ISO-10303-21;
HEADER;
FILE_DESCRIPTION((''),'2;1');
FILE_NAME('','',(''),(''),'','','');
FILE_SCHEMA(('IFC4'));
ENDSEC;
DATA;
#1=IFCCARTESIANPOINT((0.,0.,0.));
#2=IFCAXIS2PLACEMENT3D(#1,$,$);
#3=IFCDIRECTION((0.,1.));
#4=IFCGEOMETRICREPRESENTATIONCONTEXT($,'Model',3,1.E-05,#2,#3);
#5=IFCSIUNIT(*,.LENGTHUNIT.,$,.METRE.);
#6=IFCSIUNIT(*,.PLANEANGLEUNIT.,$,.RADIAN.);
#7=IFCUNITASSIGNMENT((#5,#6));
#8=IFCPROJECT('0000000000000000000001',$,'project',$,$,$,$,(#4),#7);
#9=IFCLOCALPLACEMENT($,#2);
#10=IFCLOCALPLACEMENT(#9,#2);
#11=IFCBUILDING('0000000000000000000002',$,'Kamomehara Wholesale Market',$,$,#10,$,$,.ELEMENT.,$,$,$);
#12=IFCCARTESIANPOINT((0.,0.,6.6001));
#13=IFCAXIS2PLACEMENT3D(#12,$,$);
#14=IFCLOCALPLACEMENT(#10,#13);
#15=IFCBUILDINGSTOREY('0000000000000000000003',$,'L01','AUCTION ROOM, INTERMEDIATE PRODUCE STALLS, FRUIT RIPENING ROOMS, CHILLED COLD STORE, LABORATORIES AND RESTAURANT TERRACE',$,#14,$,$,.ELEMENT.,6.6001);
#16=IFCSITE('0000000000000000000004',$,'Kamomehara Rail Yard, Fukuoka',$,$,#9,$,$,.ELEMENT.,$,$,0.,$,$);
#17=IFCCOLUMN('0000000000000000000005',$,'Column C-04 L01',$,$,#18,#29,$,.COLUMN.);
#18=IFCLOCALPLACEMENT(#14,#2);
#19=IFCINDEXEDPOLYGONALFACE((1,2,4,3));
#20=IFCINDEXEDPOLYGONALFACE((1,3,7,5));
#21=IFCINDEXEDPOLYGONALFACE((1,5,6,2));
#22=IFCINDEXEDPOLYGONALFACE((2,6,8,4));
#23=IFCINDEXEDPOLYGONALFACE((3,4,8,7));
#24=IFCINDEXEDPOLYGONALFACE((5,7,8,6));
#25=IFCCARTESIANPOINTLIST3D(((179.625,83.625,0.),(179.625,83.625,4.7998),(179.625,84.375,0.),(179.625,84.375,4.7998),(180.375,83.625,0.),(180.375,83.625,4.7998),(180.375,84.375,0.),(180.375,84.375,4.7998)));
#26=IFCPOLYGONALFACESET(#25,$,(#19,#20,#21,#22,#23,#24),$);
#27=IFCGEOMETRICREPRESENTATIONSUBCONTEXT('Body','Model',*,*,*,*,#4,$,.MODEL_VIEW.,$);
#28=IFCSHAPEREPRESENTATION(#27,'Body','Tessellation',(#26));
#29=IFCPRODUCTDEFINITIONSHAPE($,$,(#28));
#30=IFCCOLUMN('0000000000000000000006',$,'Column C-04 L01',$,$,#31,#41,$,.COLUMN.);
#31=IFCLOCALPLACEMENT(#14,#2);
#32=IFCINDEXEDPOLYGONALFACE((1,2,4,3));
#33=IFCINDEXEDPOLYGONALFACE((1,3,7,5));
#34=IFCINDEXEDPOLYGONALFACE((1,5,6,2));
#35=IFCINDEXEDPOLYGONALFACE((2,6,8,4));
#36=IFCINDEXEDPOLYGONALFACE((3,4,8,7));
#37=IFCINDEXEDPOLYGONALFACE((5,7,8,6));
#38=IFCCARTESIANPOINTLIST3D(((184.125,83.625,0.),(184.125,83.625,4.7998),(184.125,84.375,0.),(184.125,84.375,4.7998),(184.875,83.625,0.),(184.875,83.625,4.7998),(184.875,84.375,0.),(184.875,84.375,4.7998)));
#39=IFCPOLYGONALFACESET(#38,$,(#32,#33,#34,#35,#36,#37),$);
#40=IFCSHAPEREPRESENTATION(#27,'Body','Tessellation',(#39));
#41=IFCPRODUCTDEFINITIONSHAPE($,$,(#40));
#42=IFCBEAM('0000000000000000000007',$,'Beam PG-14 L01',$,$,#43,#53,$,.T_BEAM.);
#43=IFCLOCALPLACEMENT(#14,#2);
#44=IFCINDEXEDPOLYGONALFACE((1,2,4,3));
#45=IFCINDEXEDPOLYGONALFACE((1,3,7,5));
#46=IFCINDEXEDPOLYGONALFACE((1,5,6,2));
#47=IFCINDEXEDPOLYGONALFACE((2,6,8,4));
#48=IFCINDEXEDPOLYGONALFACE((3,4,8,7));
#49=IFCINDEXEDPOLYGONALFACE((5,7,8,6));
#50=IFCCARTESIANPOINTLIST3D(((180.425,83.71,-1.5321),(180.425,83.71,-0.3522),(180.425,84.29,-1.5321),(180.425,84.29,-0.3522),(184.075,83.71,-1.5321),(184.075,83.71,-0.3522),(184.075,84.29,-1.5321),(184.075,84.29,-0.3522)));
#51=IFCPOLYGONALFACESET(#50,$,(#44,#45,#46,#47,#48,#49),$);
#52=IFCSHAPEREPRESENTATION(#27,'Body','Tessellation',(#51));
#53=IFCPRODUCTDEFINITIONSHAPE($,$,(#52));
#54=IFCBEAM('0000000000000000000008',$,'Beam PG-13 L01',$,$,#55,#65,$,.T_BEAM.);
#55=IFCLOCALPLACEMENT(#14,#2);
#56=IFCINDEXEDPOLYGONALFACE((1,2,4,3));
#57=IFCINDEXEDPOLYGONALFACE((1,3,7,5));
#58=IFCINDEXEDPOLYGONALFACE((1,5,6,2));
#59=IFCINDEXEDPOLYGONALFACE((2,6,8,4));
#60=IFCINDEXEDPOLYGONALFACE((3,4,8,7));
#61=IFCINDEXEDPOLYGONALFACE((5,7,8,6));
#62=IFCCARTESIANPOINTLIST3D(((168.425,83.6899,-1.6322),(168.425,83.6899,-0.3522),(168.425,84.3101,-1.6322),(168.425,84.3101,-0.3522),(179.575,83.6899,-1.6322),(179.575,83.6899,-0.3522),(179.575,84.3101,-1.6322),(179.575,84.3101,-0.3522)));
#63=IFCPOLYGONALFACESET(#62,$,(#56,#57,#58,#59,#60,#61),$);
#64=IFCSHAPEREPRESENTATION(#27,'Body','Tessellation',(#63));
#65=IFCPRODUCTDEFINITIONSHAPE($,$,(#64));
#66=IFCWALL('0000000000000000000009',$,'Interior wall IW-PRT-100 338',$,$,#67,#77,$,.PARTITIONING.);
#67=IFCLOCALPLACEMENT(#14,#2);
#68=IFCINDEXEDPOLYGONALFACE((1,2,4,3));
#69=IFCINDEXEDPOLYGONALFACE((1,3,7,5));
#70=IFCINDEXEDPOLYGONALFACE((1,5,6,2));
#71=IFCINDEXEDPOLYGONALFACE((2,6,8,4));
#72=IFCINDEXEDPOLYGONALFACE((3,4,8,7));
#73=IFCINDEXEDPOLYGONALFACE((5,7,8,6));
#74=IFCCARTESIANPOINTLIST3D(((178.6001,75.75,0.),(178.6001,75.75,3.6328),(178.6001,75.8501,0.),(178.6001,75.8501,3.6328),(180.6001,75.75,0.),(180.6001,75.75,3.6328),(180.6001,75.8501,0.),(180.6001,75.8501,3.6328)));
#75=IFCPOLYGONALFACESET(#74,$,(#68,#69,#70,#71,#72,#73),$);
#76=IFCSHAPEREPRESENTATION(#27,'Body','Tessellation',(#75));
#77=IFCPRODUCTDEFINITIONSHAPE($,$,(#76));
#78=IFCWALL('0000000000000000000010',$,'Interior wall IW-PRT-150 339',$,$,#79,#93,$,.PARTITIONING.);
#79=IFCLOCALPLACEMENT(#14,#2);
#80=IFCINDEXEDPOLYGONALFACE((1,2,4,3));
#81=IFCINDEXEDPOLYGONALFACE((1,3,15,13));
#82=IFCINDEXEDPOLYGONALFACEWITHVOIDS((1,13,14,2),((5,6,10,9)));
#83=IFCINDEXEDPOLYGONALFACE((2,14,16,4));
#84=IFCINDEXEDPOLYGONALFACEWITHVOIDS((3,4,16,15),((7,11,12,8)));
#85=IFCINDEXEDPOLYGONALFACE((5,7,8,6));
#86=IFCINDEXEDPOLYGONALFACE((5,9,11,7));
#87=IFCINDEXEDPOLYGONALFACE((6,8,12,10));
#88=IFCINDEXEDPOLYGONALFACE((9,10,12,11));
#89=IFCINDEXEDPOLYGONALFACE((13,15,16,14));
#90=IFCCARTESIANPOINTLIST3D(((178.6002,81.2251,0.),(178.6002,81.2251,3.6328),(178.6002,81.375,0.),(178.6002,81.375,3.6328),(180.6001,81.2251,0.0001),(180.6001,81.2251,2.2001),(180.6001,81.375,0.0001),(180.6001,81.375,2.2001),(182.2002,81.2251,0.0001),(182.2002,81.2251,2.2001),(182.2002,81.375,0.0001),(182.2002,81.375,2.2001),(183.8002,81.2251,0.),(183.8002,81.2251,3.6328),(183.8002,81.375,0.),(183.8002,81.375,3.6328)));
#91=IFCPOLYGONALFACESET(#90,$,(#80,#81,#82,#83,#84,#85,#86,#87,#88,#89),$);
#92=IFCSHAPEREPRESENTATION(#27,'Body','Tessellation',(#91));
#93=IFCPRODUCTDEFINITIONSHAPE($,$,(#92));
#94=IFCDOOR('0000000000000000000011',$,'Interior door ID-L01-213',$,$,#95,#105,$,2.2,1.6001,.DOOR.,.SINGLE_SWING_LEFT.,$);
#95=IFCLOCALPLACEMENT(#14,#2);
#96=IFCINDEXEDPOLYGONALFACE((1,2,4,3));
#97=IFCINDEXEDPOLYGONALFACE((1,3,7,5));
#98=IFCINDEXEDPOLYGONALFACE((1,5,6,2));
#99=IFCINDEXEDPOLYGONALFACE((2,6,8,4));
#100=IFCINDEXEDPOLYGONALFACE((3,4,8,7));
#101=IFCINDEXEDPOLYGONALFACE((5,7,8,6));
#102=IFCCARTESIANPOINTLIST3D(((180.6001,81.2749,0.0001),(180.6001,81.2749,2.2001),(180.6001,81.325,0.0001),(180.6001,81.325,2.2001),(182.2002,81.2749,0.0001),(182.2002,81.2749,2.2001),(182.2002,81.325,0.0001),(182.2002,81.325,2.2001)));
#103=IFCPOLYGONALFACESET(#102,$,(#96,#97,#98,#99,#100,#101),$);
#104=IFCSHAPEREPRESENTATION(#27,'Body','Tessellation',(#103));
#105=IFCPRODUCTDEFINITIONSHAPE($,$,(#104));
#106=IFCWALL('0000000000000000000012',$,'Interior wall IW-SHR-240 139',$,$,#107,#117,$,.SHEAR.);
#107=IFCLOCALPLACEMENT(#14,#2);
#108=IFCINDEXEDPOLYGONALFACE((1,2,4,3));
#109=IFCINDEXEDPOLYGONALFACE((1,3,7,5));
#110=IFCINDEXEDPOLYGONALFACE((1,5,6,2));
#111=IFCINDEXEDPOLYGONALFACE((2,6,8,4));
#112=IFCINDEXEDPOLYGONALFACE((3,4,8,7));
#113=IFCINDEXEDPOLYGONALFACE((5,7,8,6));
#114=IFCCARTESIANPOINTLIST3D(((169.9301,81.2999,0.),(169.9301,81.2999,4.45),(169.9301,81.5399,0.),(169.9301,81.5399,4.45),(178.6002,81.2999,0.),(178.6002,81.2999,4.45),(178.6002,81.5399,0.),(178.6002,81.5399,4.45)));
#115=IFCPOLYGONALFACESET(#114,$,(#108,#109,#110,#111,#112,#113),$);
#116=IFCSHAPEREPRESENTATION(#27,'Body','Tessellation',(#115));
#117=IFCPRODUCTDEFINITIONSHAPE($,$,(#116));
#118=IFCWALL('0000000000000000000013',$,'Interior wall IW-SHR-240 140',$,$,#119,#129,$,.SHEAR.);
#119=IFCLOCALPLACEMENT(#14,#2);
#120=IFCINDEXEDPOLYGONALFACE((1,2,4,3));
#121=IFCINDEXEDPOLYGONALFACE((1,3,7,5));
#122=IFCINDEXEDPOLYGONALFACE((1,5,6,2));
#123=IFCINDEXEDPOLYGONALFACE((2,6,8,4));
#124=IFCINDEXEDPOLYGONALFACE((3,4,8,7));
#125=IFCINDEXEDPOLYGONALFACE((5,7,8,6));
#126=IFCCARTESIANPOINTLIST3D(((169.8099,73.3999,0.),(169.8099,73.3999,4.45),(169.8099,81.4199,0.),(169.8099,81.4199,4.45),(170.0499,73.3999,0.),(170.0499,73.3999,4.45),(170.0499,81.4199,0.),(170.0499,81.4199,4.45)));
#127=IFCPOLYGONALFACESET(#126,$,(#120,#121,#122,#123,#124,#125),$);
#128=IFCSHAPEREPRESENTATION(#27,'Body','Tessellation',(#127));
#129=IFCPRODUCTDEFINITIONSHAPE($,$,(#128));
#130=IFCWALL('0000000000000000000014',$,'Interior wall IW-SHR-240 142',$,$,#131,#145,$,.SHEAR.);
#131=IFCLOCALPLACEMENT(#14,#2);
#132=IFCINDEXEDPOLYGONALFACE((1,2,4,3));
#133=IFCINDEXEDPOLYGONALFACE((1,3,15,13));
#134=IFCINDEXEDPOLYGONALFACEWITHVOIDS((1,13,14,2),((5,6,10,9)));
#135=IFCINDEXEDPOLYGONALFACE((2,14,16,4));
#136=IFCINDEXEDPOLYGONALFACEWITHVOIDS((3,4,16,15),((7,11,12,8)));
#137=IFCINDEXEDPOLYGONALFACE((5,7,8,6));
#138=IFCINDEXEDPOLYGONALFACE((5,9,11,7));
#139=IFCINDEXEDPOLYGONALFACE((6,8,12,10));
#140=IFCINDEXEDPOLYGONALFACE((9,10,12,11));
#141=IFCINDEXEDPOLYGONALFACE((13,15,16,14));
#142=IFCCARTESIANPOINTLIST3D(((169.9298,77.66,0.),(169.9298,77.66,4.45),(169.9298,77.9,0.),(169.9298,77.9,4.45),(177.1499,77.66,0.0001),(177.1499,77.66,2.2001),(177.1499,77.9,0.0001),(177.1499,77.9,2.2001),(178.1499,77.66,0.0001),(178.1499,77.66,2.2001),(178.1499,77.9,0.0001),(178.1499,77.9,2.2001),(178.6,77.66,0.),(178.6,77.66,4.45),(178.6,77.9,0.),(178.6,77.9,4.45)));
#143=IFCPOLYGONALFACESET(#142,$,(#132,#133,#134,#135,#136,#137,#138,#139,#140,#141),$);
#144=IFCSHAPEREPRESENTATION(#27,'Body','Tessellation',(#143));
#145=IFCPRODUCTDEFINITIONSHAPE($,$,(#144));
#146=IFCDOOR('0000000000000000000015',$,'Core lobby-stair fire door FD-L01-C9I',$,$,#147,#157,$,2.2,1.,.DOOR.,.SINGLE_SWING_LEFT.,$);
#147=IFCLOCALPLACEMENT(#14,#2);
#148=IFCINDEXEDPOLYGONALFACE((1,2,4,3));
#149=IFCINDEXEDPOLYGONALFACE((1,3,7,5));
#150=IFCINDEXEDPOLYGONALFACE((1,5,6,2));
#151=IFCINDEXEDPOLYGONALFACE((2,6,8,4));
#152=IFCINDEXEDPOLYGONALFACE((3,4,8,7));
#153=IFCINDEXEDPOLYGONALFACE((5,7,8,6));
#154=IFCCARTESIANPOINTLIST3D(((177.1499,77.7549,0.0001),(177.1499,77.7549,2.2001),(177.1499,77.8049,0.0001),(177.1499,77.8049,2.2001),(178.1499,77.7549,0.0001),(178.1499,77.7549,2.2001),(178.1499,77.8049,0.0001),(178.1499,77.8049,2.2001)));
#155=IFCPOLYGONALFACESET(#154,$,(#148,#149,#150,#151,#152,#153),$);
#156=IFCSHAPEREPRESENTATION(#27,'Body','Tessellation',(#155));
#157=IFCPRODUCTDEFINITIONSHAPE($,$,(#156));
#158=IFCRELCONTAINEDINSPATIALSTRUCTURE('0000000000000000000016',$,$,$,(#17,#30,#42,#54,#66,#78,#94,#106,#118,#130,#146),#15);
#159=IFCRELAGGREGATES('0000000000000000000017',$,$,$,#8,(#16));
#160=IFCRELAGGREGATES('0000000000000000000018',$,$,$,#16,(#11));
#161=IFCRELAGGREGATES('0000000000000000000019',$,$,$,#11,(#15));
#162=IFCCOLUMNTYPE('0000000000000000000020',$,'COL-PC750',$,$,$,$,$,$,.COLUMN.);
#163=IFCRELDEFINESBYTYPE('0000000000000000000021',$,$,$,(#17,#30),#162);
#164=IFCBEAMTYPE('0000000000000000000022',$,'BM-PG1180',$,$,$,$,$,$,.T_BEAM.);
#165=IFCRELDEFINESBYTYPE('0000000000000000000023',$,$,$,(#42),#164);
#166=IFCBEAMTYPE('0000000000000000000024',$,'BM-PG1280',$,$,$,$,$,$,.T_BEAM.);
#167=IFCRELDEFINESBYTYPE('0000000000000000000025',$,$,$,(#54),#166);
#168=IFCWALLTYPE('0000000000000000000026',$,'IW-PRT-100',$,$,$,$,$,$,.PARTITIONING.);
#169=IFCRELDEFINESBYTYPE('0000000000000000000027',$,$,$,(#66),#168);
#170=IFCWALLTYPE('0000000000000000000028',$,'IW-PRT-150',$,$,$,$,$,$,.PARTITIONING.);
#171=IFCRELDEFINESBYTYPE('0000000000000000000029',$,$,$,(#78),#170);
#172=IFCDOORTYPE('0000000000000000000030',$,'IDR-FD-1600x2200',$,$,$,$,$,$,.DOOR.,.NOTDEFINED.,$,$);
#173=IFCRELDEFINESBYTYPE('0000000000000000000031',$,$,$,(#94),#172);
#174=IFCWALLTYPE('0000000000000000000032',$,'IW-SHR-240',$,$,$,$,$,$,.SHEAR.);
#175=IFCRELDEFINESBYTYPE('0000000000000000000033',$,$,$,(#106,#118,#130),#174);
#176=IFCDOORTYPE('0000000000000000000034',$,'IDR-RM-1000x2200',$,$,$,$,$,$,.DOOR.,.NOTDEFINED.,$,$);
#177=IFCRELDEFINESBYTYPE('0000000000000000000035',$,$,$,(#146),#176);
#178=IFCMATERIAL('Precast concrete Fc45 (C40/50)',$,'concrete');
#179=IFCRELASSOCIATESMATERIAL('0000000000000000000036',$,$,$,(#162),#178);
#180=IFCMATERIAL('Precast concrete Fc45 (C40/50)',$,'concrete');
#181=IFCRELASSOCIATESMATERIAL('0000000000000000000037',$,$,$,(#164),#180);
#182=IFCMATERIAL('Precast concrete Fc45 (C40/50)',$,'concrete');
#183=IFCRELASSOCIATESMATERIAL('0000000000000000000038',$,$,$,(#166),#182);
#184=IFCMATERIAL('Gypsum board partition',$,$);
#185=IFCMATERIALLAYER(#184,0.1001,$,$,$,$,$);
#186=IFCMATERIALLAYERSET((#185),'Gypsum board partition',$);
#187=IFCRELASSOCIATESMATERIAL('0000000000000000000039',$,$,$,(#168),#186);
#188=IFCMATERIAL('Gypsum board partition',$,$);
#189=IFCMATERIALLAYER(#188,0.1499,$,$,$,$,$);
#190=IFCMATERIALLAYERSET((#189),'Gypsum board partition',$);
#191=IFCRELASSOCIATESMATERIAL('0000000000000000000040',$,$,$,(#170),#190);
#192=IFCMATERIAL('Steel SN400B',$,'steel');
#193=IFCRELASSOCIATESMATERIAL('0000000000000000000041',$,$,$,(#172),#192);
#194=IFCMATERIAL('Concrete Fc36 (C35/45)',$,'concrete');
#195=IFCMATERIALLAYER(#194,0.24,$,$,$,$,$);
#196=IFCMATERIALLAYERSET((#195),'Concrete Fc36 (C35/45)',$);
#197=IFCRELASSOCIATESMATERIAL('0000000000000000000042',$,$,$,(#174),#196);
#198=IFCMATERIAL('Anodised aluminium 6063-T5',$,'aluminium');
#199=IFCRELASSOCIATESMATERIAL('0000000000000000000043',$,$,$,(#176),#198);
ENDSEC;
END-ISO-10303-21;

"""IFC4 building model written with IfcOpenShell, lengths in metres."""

from ifc_helpers import new_model, si_unit, direction, frame, frame_2d, origin, origin_2d, place, context, subcontext, project, spatial, rectangle, extrude, material, layer, layer_set, material_profile, profile_set, type_object, element, fill, save


model = new_model("IFC4")

# Units and contexts
model_context = context("Model", 3, precision=1e-05, world=origin(), true_north=direction((0.0, 1.0)))
body_context = subcontext(model_context, "Body", "Model", "MODEL_VIEW")
ifc_project = project(units=[si_unit("LENGTHUNIT", "METRE"), si_unit("PLANEANGLEUNIT", "RADIAN")], contexts=[model_context])

# Site, building, storey
site_placement = place(None, origin())
site = spatial("IfcSite", under=ifc_project, at=site_placement, Name="Kamomehara Rail Yard, Fukuoka", CompositionType="ELEMENT", RefElevation=0.0)
building_placement = place(site_placement, origin())
building = spatial("IfcBuilding", under=site, at=building_placement, Name="Kamomehara Wholesale Market", CompositionType="ELEMENT")
storey_placement = place(building_placement, frame((0.0, 0.0, 6.6001)))
storey = spatial("IfcBuildingStorey", under=building, at=storey_placement, Name="L01", Description="AUCTION ROOM, INTERMEDIATE PRODUCE STALLS, FRUIT RIPENING ROOMS, CHILLED COLD STORE, LABORATORIES AND RESTAURANT TERRACE", CompositionType="ELEMENT", Elevation=6.6001)

# Columns
ifc_material_1 = material(Name="Precast concrete Fc45 (C40/50)", Category="concrete")
ifc_material_profile_1 = material_profile(ifc_material_1, rectangle(XDim=0.75, YDim=0.75, at=origin_2d()), Name="PC-COL-750x750")
ifc_profile_set_1 = profile_set([ifc_material_profile_1], Name="Precast concrete Fc45 (C40/50)")
column_type = type_object("IfcColumnType", Name="COL-PC750", PredefinedType="COLUMN", material=ifc_profile_set_1)
for number, where, z_axis, x_axis, name in (
    (1, (180.0, 84.0, 0.0), (0.0, 0.0, 1.0), (1.0, 0.0, 0.0), "Column C-04 L01"),
    (2, (184.5, 84.0, 0.0), (0.0, 0.0, 1.0), (1.0, 0.0, 0.0), "Column C-04 L01"),
):
    element("IfcColumn", number, at=place(storey_placement, frame(where, z_axis=z_axis, x_axis=x_axis)), inside=storey, type_object=column_type, Name=name, PredefinedType="COLUMN", context=body_context, shape_type="SweptSolid", body=[
        extrude(rectangle(XDim=0.75, YDim=0.75, at=origin_2d()), origin(), (0.0, 0.0, 1.0), 4.7998),
    ])

# Beams
ifc_material_2 = material(Name="Precast concrete Fc45 (C40/50)", Category="concrete")
ifc_material_profile_2 = material_profile(ifc_material_2, rectangle(XDim=0.5801, YDim=1.1799, at=origin_2d()), Name="PC-GRD-580x1180")
ifc_profile_set_2 = profile_set([ifc_material_profile_2], Name="Precast concrete Fc45 (C40/50)")
beam_type_1 = type_object("IfcBeamType", Name="BM-PG1180", PredefinedType="T_BEAM", material=ifc_profile_set_2)
beam_1_placement = place(storey_placement, frame((180.425, 84.0, -0.9421), z_axis=(1.0, 0.0, 0.0), x_axis=(0.0, 1.0, 0.0)))
element("IfcBeam", 3, at=beam_1_placement, inside=storey, type_object=beam_type_1, Name="Beam PG-14 L01", PredefinedType="T_BEAM", context=body_context, shape_type="SweptSolid", body=[
    extrude(rectangle(XDim=0.5801, YDim=1.1799, at=origin_2d()), origin(), (0.0, 0.0, 1.0), 3.6499),
])
ifc_material_3 = material(Name="Precast concrete Fc45 (C40/50)", Category="concrete")
ifc_material_profile_3 = material_profile(ifc_material_3, rectangle(XDim=0.6201, YDim=1.28, at=origin_2d()), Name="PC-GRD-620x1280")
ifc_profile_set_3 = profile_set([ifc_material_profile_3], Name="Precast concrete Fc45 (C40/50)")
beam_type_2 = type_object("IfcBeamType", Name="BM-PG1280", PredefinedType="T_BEAM", material=ifc_profile_set_3)
beam_2_placement = place(storey_placement, frame((168.425, 84.0, -0.9922), z_axis=(1.0, 0.0, 0.0), x_axis=(0.0, 1.0, 0.0)))
element("IfcBeam", 4, at=beam_2_placement, inside=storey, type_object=beam_type_2, Name="Beam PG-13 L01", PredefinedType="T_BEAM", context=body_context, shape_type="SweptSolid", body=[
    extrude(rectangle(XDim=0.6201, YDim=1.28, at=origin_2d()), origin(), (0.0, 0.0, 1.0), 11.1499),
])

# Wall
ifc_material_4 = material(Name="Gypsum board partition")
ifc_layer_1 = layer(ifc_material_4, 0.1001)
ifc_layer_set_1 = layer_set([ifc_layer_1], Name="Gypsum board partition")
wall_type_1 = type_object("IfcWallType", Name="IW-PRT-100", PredefinedType="PARTITIONING", material=ifc_layer_set_1)
wall_1_placement = place(storey_placement, frame((178.6001, 75.8, 0.0), z_axis=(0.0, 0.0, 1.0), x_axis=(1.0, 0.0, 0.0)))
element("IfcWall", 5, at=wall_1_placement, inside=storey, type_object=wall_type_1, Name="Interior wall IW-PRT-100 338", PredefinedType="PARTITIONING", context=body_context, shape_type="SweptSolid", body=[
    extrude(rectangle(XDim=2.0, YDim=0.1001, at=frame_2d((1.0, 0.0))), origin(), (0.0, 0.0, 1.0), 3.6328),
])

# Wall, opening, door
ifc_material_5 = material(Name="Gypsum board partition")
ifc_layer_2 = layer(ifc_material_5, 0.1499)
ifc_layer_set_2 = layer_set([ifc_layer_2], Name="Gypsum board partition")
wall_type_2 = type_object("IfcWallType", Name="IW-PRT-150", PredefinedType="PARTITIONING", material=ifc_layer_set_2)
wall_2_placement = place(storey_placement, frame((178.6001, 81.3, 0.0), z_axis=(0.0, 0.0, 1.0), x_axis=(1.0, 0.0, 0.0)))
wall_2 = element("IfcWall", 6, at=wall_2_placement, inside=storey, type_object=wall_type_2, Name="Interior wall IW-PRT-150 339", PredefinedType="PARTITIONING", context=body_context, shape_type="SweptSolid", body=[
    extrude(rectangle(XDim=5.2, YDim=0.1499, at=frame_2d((2.6001, 0.0))), origin(), (0.0, 0.0, 1.0), 3.6328),
])
opening_1_placement = place(wall_2_placement, frame((2.0, 0.0, 0.0)))
opening_1 = element("IfcOpeningElement", 7, at=opening_1_placement, cuts=wall_2, PredefinedType="OPENING", context=body_context, shape_type="SweptSolid", body=[
    extrude(rectangle(XDim=1.6001, YDim=2.2, at=frame_2d((0.8, 1.1001))), frame((0.0, 0.0898, 0.0), z_axis=(0.0, -1.0, 0.0), x_axis=(1.0, 0.0, 0.0)), (0.0, 0.0, 1.0), 0.1797),
])
ifc_material_6 = material(Name="Steel SN400B", Category="steel")
door_type_1 = type_object("IfcDoorType", Name="IDR-FD-1600x2200", OperationType="NOTDEFINED", PredefinedType="DOOR", material=ifc_material_6)
door_1_placement = place(opening_1_placement, origin())
door_1 = element("IfcDoor", 8, at=door_1_placement, inside=storey, type_object=door_type_1, Name="Interior door ID-L01-213", OperationType="SINGLE_SWING_LEFT", OverallHeight=2.2, OverallWidth=1.6001, PredefinedType="DOOR", context=body_context, shape_type="SweptSolid", body=[
    extrude(rectangle(XDim=1.6001, YDim=2.2, at=frame_2d((0.8, 1.1001))), frame((0.0, 0.0249, 0.0), z_axis=(0.0, -1.0, 0.0), x_axis=(1.0, 0.0, 0.0)), (0.0, 0.0, 1.0), 0.05),
])
fill(opening_1, door_1)

# Walls
ifc_material_7 = material(Name="Concrete Fc36 (C35/45)", Category="concrete")
ifc_layer_3 = layer(ifc_material_7, 0.24)
ifc_layer_set_3 = layer_set([ifc_layer_3], Name="Concrete Fc36 (C35/45)")
wall_type_3 = type_object("IfcWallType", Name="IW-SHR-240", PredefinedType="SHEAR", material=ifc_layer_set_3)
wall_3_placement = place(storey_placement, frame((178.6001, 81.4199, 0.0), z_axis=(0.0, 0.0, 1.0), x_axis=(-1.0, 0.0, 0.0)))
element("IfcWall", 9, at=wall_3_placement, inside=storey, type_object=wall_type_3, Name="Interior wall IW-SHR-240 139", PredefinedType="SHEAR", context=body_context, shape_type="SweptSolid", body=[
    extrude(rectangle(XDim=8.6702, YDim=0.24, at=frame_2d((4.335, 0.0))), origin(), (0.0, 0.0, 1.0), 4.45),
])
wall_4_placement = place(storey_placement, frame((169.9299, 81.4199, 0.0), z_axis=(0.0, 0.0, 1.0), x_axis=(0.0, -1.0, 0.0)))
element("IfcWall", 10, at=wall_4_placement, inside=storey, type_object=wall_type_3, Name="Interior wall IW-SHR-240 140", PredefinedType="SHEAR", context=body_context, shape_type="SweptSolid", body=[
    extrude(rectangle(XDim=8.02, YDim=0.24, at=frame_2d((4.01, 0.0))), origin(), (0.0, 0.0, 1.0), 4.45),
])

# Wall, opening, door
wall_5_placement = place(storey_placement, frame((169.9299, 77.78, 0.0), z_axis=(0.0, 0.0, 1.0), x_axis=(1.0, 0.0, 0.0)))
wall_5 = element("IfcWall", 11, at=wall_5_placement, inside=storey, type_object=wall_type_3, Name="Interior wall IW-SHR-240 142", PredefinedType="SHEAR", context=body_context, shape_type="SweptSolid", body=[
    extrude(rectangle(XDim=8.6702, YDim=0.24, at=frame_2d((4.335, 0.0))), origin(), (0.0, 0.0, 1.0), 4.45),
])
opening_2_placement = place(wall_5_placement, frame((7.22, 0.0, 0.0)))
opening_2 = element("IfcOpeningElement", 12, at=opening_2_placement, cuts=wall_5, PredefinedType="OPENING", context=body_context, shape_type="SweptSolid", body=[
    extrude(rectangle(XDim=1.0, YDim=2.2, at=frame_2d((0.5, 1.1001))), frame((0.0, 0.1348, 0.0), z_axis=(0.0, -1.0, 0.0), x_axis=(1.0, 0.0, 0.0)), (0.0, 0.0, 1.0), 0.2698),
])
ifc_material_8 = material(Name="Anodised aluminium 6063-T5", Category="aluminium")
door_type_2 = type_object("IfcDoorType", Name="IDR-RM-1000x2200", OperationType="NOTDEFINED", PredefinedType="DOOR", material=ifc_material_8)
door_2_placement = place(opening_2_placement, origin())
door_2 = element("IfcDoor", 13, at=door_2_placement, inside=storey, type_object=door_type_2, Name="Core lobby-stair fire door FD-L01-C9I", OperationType="SINGLE_SWING_LEFT", OverallHeight=2.2, OverallWidth=1.0, PredefinedType="DOOR", context=body_context, shape_type="SweptSolid", body=[
    extrude(rectangle(XDim=1.0, YDim=2.2, at=frame_2d((0.5, 1.1001))), frame((0.0, 0.0249, 0.0), z_axis=(0.0, -1.0, 0.0), x_axis=(1.0, 0.0, 0.0)), (0.0, 0.0, 1.0), 0.05),
])
fill(opening_2, door_2)

save(model, "model.ifc")
